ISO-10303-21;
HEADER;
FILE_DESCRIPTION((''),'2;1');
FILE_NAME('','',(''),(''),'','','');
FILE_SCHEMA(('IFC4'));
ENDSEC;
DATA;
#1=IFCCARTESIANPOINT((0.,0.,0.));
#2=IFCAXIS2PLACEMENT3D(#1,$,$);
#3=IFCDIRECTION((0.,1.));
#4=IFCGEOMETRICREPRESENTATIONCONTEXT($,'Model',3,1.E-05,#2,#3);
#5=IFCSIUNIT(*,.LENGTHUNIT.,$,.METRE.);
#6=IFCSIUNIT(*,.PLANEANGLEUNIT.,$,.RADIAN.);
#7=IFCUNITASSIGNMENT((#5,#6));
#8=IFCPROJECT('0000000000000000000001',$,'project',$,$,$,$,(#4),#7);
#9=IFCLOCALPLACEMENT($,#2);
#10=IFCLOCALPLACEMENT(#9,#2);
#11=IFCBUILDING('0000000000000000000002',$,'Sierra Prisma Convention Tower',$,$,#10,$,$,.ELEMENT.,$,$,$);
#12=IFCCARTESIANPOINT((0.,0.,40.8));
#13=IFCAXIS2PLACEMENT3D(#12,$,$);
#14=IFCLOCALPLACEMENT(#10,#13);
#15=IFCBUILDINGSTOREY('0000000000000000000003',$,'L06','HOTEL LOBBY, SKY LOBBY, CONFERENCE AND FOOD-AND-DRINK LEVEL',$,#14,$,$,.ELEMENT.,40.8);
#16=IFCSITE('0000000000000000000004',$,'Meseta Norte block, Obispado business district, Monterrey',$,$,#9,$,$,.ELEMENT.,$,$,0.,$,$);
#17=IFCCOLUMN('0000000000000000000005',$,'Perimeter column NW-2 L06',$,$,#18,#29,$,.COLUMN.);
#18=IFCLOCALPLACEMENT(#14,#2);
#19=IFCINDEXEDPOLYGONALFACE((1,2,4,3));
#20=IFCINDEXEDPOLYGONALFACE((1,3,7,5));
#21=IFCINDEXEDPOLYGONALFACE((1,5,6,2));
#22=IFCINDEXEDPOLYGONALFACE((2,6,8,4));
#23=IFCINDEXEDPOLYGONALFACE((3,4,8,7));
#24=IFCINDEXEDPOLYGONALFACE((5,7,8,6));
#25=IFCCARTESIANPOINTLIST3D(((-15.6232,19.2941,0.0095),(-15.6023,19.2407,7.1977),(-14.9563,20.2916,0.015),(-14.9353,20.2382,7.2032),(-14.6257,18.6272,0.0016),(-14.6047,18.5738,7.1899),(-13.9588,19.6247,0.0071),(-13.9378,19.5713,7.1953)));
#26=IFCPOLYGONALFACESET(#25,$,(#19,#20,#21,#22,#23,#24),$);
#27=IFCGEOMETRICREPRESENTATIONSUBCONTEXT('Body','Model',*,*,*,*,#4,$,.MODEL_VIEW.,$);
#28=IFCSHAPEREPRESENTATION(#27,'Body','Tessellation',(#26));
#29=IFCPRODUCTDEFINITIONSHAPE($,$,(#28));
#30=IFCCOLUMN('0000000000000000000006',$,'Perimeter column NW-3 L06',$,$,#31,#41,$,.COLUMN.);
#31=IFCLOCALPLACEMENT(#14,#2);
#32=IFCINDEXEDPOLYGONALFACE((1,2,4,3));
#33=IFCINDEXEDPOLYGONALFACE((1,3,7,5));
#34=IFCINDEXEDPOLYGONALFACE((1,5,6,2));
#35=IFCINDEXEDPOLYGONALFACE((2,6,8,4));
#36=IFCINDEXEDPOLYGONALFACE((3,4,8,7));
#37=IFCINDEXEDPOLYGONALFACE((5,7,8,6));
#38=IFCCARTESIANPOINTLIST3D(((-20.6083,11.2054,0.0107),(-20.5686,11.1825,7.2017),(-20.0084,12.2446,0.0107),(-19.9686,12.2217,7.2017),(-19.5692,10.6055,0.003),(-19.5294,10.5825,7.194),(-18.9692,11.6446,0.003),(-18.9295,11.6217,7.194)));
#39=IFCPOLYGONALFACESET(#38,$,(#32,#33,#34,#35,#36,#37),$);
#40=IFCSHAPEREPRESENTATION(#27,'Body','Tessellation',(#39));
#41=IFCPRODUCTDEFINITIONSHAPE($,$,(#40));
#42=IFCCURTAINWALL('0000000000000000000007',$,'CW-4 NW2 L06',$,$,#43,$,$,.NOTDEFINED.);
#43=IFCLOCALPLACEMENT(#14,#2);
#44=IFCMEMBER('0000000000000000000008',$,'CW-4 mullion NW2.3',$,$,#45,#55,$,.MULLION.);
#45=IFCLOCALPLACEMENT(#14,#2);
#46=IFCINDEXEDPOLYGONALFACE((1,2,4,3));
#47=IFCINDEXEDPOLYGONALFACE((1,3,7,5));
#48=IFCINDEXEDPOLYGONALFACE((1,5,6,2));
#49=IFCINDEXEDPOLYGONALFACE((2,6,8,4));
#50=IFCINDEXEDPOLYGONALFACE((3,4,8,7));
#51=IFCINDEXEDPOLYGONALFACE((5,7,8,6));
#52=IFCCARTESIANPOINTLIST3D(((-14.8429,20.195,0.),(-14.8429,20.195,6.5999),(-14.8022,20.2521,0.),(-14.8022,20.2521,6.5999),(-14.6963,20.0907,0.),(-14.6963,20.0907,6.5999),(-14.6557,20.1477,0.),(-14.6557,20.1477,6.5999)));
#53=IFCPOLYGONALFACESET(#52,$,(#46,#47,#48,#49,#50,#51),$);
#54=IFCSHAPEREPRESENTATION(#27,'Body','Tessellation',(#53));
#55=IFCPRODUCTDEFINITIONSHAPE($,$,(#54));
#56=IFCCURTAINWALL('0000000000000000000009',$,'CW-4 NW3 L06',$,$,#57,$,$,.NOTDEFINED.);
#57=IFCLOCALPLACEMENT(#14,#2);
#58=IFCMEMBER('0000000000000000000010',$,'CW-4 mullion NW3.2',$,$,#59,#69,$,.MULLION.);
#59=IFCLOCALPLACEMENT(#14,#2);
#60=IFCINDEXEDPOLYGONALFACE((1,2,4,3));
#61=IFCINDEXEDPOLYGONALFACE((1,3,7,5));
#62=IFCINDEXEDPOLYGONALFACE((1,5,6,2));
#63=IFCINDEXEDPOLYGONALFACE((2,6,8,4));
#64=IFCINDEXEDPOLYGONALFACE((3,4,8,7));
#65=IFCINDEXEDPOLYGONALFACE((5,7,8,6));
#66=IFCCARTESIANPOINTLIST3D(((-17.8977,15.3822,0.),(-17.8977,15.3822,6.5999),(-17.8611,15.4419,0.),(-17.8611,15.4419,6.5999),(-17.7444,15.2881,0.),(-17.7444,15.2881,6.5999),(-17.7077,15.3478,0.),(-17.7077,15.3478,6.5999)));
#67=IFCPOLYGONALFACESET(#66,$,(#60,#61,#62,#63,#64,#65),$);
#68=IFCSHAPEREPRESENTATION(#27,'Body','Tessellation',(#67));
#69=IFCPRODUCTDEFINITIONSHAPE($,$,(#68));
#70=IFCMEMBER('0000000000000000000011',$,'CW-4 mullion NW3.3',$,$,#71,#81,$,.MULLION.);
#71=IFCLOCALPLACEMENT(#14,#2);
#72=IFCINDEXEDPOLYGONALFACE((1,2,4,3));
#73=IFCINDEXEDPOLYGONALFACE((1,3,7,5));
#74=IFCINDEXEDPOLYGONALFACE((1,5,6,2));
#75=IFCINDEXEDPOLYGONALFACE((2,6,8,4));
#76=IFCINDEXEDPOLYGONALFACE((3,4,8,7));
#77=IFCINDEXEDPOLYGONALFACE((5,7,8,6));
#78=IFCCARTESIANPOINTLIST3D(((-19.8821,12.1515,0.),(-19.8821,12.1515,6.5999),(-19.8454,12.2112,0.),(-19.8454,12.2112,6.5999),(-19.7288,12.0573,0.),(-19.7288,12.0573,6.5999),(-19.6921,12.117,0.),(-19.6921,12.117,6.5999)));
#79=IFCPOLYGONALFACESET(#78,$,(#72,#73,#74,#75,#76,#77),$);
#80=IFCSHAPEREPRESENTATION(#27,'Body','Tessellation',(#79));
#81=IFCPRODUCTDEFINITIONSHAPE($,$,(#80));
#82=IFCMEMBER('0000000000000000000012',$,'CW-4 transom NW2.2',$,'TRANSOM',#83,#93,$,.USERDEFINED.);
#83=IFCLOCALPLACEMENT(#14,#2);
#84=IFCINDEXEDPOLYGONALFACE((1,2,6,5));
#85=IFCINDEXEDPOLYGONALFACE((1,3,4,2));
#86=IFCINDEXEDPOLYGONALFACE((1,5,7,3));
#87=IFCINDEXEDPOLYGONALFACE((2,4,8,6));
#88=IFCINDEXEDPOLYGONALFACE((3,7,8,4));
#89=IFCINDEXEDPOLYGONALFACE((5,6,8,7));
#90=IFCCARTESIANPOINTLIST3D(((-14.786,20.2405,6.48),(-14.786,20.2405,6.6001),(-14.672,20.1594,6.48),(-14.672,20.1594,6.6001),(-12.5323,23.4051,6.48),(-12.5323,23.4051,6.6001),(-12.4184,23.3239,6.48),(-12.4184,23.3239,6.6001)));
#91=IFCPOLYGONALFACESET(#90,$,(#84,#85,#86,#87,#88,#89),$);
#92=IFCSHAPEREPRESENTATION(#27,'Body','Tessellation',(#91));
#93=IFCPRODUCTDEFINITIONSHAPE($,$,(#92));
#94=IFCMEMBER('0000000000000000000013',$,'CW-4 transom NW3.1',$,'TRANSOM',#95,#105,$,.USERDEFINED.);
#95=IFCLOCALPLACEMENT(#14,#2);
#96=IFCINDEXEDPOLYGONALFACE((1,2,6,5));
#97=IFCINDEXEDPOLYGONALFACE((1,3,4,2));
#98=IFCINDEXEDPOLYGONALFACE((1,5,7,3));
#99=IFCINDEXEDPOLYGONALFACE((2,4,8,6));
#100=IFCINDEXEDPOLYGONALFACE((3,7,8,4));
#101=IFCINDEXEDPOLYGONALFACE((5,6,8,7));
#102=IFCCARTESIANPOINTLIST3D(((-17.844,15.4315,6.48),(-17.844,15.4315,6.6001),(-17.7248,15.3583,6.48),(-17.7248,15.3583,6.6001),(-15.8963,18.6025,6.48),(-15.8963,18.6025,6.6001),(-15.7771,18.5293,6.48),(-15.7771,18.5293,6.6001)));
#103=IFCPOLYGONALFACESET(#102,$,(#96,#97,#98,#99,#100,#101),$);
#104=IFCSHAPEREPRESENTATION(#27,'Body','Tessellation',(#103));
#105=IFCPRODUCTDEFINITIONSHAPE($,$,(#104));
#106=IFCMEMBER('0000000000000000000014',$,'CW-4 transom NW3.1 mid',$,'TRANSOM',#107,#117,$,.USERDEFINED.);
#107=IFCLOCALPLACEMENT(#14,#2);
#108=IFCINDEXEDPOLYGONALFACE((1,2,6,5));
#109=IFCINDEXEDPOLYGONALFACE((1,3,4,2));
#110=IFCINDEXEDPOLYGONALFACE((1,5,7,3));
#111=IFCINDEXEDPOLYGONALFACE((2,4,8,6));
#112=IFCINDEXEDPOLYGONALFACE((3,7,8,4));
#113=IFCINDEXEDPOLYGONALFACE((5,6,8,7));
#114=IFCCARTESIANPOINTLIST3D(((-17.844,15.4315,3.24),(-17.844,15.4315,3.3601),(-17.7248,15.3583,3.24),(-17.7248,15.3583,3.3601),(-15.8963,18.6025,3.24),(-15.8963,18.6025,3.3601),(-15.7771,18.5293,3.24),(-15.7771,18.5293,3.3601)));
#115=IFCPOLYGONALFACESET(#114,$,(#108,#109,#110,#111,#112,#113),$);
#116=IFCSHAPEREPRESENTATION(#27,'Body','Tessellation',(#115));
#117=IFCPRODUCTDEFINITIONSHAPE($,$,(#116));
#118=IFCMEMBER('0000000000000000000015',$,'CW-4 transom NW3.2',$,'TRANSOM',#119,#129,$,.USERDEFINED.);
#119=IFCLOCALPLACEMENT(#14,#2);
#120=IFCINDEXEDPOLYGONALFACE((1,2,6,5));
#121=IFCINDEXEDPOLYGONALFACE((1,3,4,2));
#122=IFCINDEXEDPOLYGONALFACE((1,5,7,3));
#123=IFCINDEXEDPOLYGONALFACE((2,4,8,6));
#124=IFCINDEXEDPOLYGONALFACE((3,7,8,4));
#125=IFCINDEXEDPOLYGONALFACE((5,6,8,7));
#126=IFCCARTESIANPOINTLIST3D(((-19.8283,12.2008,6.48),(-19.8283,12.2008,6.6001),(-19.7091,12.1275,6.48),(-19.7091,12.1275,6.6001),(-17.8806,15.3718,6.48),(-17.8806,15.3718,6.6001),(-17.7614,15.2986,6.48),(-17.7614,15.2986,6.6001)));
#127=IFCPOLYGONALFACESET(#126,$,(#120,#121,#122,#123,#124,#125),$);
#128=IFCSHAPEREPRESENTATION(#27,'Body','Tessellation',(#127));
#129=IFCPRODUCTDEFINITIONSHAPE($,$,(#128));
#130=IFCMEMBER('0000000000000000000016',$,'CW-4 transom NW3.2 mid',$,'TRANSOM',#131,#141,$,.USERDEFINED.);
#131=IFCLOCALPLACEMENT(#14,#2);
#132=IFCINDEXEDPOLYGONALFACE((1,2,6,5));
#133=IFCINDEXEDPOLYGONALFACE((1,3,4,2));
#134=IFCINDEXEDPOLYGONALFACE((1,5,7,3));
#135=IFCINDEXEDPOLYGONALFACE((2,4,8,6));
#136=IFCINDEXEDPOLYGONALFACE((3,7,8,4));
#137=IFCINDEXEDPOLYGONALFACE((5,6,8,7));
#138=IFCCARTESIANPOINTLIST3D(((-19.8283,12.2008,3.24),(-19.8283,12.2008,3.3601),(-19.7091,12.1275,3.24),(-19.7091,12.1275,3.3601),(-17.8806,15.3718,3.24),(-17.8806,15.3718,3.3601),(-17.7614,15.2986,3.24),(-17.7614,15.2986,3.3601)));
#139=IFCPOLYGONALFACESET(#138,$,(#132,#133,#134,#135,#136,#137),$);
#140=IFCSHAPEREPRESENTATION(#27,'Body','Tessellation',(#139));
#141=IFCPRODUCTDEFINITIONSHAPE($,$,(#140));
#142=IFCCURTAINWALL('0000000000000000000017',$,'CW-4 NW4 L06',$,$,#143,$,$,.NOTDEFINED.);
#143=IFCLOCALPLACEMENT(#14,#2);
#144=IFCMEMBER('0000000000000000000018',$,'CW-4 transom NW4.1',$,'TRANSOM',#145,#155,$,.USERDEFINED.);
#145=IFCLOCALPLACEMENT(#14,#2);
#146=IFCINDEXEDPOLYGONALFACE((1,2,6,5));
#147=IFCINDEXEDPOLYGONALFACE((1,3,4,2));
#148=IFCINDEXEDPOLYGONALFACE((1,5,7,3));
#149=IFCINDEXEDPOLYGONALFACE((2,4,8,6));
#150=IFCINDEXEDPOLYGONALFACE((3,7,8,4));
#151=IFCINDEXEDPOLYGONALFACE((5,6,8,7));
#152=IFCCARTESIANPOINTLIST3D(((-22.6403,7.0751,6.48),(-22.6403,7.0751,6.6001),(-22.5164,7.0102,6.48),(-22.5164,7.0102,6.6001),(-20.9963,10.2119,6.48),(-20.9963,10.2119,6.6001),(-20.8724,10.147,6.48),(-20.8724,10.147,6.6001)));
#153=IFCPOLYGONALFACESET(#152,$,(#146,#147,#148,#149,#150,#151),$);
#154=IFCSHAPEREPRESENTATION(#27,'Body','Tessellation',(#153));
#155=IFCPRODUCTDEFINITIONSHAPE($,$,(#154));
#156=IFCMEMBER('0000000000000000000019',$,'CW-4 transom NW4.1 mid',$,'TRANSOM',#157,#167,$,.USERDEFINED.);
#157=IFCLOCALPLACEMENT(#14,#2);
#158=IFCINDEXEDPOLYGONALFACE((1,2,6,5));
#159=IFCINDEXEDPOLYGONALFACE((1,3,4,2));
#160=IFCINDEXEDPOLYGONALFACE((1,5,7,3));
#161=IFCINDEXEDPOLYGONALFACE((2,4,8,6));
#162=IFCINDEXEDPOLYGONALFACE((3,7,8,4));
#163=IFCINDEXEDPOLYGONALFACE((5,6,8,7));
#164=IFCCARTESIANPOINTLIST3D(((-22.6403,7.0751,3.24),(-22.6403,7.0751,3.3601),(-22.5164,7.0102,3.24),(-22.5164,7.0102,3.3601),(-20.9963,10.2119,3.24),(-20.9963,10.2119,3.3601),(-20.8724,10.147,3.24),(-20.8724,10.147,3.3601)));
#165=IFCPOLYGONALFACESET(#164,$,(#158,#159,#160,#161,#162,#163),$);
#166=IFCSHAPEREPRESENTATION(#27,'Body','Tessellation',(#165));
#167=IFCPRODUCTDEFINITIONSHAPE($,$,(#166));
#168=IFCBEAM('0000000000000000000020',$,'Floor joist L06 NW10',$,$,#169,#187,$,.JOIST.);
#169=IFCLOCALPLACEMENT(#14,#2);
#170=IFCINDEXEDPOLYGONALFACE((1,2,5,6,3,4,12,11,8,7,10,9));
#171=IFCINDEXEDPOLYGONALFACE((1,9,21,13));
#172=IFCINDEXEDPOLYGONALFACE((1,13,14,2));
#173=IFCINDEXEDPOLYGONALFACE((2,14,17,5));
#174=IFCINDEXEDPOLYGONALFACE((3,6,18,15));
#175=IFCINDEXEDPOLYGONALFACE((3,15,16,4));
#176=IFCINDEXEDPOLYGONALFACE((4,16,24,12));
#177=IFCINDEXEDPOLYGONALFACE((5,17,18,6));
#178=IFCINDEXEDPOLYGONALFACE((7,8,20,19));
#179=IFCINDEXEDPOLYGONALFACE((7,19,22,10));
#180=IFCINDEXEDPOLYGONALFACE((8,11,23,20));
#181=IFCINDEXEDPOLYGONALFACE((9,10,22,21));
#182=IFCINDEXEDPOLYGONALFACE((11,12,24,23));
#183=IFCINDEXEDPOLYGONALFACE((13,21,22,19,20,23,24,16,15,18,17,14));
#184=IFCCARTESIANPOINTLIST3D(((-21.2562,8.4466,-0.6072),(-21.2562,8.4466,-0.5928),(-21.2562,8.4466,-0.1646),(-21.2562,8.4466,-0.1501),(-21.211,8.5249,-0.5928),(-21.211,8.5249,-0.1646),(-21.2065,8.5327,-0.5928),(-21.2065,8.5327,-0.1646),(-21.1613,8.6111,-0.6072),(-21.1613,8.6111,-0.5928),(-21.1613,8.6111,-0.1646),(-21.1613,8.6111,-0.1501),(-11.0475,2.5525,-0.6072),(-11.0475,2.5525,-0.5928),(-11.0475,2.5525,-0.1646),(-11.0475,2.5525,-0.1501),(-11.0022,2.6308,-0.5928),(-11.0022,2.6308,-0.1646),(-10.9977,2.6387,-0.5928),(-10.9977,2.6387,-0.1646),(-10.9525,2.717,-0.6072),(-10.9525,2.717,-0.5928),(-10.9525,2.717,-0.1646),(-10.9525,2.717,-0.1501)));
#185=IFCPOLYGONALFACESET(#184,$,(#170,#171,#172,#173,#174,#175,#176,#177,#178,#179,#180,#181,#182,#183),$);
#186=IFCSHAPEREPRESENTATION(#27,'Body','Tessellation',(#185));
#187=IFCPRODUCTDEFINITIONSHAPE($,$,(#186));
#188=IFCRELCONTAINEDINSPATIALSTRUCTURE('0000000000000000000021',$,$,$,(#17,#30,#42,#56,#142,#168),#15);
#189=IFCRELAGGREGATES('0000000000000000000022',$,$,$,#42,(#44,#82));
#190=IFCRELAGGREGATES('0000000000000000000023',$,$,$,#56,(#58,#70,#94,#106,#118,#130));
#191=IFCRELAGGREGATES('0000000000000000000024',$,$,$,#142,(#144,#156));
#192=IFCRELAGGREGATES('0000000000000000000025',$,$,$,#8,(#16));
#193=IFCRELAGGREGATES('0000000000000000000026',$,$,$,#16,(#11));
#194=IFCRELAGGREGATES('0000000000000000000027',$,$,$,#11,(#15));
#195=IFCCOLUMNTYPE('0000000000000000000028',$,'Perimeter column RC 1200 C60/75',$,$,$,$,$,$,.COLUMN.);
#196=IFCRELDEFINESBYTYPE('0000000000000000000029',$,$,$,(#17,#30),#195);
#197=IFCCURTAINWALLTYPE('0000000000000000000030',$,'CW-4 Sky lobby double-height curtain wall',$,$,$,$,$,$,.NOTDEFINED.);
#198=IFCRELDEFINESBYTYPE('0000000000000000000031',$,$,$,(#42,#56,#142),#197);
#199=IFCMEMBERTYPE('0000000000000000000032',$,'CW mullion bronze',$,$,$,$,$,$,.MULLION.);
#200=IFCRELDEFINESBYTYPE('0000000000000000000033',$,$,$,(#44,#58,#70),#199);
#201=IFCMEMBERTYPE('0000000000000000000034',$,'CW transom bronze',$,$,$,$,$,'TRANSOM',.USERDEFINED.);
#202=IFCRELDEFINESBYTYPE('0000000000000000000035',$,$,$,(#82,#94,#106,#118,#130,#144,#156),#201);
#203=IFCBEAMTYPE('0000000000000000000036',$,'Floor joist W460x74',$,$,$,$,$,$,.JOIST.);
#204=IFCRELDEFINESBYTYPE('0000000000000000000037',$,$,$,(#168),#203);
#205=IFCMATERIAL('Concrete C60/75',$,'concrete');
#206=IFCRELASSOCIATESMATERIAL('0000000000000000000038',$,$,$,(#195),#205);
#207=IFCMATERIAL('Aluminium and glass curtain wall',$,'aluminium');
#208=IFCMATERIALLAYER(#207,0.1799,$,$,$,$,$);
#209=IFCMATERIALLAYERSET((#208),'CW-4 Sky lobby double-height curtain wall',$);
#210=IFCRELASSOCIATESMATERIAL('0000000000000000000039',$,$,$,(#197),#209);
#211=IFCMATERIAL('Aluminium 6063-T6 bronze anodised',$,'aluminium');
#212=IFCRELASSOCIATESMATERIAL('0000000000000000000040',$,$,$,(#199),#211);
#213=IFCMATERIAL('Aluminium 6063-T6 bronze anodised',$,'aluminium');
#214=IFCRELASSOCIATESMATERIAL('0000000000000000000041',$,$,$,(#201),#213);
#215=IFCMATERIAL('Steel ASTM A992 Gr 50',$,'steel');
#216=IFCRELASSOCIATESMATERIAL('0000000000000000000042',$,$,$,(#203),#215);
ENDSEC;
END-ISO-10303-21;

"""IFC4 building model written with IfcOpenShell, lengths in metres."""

from ifc_helpers import new_model, si_unit, direction, frame, origin, origin_2d, place, context, subcontext, project, spatial, rectangle, i_section, extrude, clip, halfspace, material, layer, layer_set, material_profile, profile_set, type_object, element, aggregate, save


model = new_model("IFC4")

# Units and contexts
model_context = context("Model", 3, precision=1e-05, world=origin(), true_north=direction((0.0, 1.0)))
body_context = subcontext(model_context, "Body", "Model", "MODEL_VIEW")
ifc_project = project(units=[si_unit("LENGTHUNIT", "METRE"), si_unit("PLANEANGLEUNIT", "RADIAN")], contexts=[model_context])

# Site, building, storey
site_placement = place(None, origin())
site = spatial("IfcSite", under=ifc_project, at=site_placement, Name="Meseta Norte block, Obispado business district, Monterrey", CompositionType="ELEMENT", RefElevation=0.0)
building_placement = place(site_placement, origin())
building = spatial("IfcBuilding", under=site, at=building_placement, Name="Sierra Prisma Convention Tower", CompositionType="ELEMENT")
storey_placement = place(building_placement, frame((0.0, 0.0, 40.8)))
storey = spatial("IfcBuildingStorey", under=building, at=storey_placement, Name="L06", Description="HOTEL LOBBY, SKY LOBBY, CONFERENCE AND FOOD-AND-DRINK LEVEL", CompositionType="ELEMENT", Elevation=40.8)

# Columns
ifc_material_1 = material(Name="Concrete C60/75", Category="concrete")
ifc_material_profile_1 = material_profile(ifc_material_1, rectangle(XDim=1.2, YDim=1.2, at=origin_2d()), Name="Perimeter column RC 1200 C60/75")
ifc_profile_set_1 = profile_set([ifc_material_profile_1], Name="Concrete C60/75")
column_type = type_object("IfcColumnType", Name="Perimeter column RC 1200 C60/75", PredefinedType="COLUMN", material=ifc_profile_set_1)
column_1_placement = place(storey_placement, frame((-14.791, 19.4595, 0.0), z_axis=(0.002916, -0.007426, 0.999968), x_axis=(0.555815, 0.831294, 0.004552)))
element("IfcColumn", 1, at=column_1_placement, inside=storey, type_object=column_type, Name="Perimeter column NW-2 L06", PredefinedType="COLUMN", context=body_context, shape_type="SweptSolid", body=[
    clip(clip(extrude(rectangle(XDim=1.2, YDim=1.2, at=origin_2d()), origin(), (0.0, 0.0, 1.0), 7.2002), halfspace(frame((0.0, 0.0, 0.0083)), True)), halfspace(frame((0.0, 0.0, 7.1968)), False)),
])
column_2_placement = place(storey_placement, frame((-19.7888, 11.425, 0.0), z_axis=(0.005527, -0.003187, 0.99998), x_axis=(0.499992, 0.86603, -0.000003)))
element("IfcColumn", 2, at=column_2_placement, inside=storey, type_object=column_type, Name="Perimeter column NW-3 L06", PredefinedType="COLUMN", context=body_context, shape_type="SweptSolid", body=[
    clip(clip(extrude(rectangle(XDim=1.2, YDim=1.2, at=origin_2d()), origin(), (0.0, 0.0, 1.0), 7.2002), halfspace(frame((0.0, 0.0, 0.0068)), True)), halfspace(frame((0.0, 0.0, 7.198)), False)),
])

# Curtain wall, member
ifc_material_2 = material(Name="Aluminium and glass curtain wall", Category="aluminium")
ifc_layer_1 = layer(ifc_material_2, 0.1799)
ifc_layer_set_1 = layer_set([ifc_layer_1], Name="CW-4 Sky lobby double-height curtain wall")
curtain_wall_type = type_object("IfcCurtainWallType", Name="CW-4 Sky lobby double-height curtain wall", PredefinedType="NOTDEFINED", material=ifc_layer_set_1)
curtain_wall_1_placement = place(storey_placement, origin())
curtain_wall_1 = element("IfcCurtainWall", 3, at=curtain_wall_1_placement, inside=storey, type_object=curtain_wall_type, Name="CW-4 NW2 L06", PredefinedType="NOTDEFINED")
ifc_material_3 = material(Name="Aluminium 6063-T6 bronze anodised", Category="aluminium")
ifc_material_profile_2 = material_profile(ifc_material_3, rectangle(XDim=0.1799, YDim=0.0701, at=origin_2d()), Name="ALU MULLION 70x180")
ifc_profile_set_2 = profile_set([ifc_material_profile_2], Name="Aluminium 6063-T6 bronze anodised")
member_type_1 = type_object("IfcMemberType", Name="CW mullion bronze", PredefinedType="MULLION", material=ifc_profile_set_2)
member_1_placement = place(storey_placement, frame((-14.7493, 20.1714, 0.0), z_axis=(0.0, 0.0, 1.0), x_axis=(0.814566, -0.580072, 0.0)))
member_1 = element("IfcMember", 4, at=member_1_placement, type_object=member_type_1, Name="CW-4 mullion NW2.3", PredefinedType="MULLION", context=body_context, shape_type="SweptSolid", body=[
    extrude(rectangle(XDim=0.1799, YDim=0.0701, at=origin_2d()), origin(), (0.0, 0.0, 1.0), 6.5999),
])

# Curtain wall, members
curtain_wall_2_placement = place(storey_placement, origin())
curtain_wall_2 = element("IfcCurtainWall", 5, at=curtain_wall_2_placement, inside=storey, type_object=curtain_wall_type, Name="CW-4 NW3 L06", PredefinedType="NOTDEFINED")
member_2_placement = place(storey_placement, frame((-17.8027, 15.365, 0.0), z_axis=(0.0, 0.0, 1.0), x_axis=(0.852105, -0.523371, 0.0)))
member_2 = element("IfcMember", 6, at=member_2_placement, type_object=member_type_1, Name="CW-4 mullion NW3.2", PredefinedType="MULLION", context=body_context, shape_type="SweptSolid", body=[
    extrude(rectangle(XDim=0.1799, YDim=0.0701, at=origin_2d()), origin(), (0.0, 0.0, 1.0), 6.5999),
])
member_3_placement = place(storey_placement, frame((-19.7871, 12.1343, 0.0), z_axis=(0.0, 0.0, 1.0), x_axis=(0.852105, -0.523371, 0.0)))
member_3 = element("IfcMember", 7, at=member_3_placement, type_object=member_type_1, Name="CW-4 mullion NW3.3", PredefinedType="MULLION", context=body_context, shape_type="SweptSolid", body=[
    extrude(rectangle(XDim=0.1799, YDim=0.0701, at=origin_2d()), origin(), (0.0, 0.0, 1.0), 6.5999),
])

# Members
ifc_material_4 = material(Name="Aluminium 6063-T6 bronze anodised", Category="aluminium")
ifc_material_profile_3 = material_profile(ifc_material_4, rectangle(XDim=0.1399, YDim=0.1201, at=origin_2d()), Name="ALU TRANSOM 120x140")
ifc_profile_set_3 = profile_set([ifc_material_profile_3], Name="Aluminium 6063-T6 bronze anodised")
member_type_2 = type_object("IfcMemberType", Name="CW transom bronze", ElementType="TRANSOM", PredefinedType="USERDEFINED", material=ifc_profile_set_3)
member_4_placement = place(storey_placement, frame((-12.4753, 23.3645, 6.54), z_axis=(-0.58009, -0.814552, 0.0), x_axis=(0.814552, -0.58009, 0.0)))
member_4 = element("IfcMember", 8, at=member_4_placement, type_object=member_type_2, Name="CW-4 transom NW2.2", ObjectType="TRANSOM", PredefinedType="USERDEFINED", context=body_context, shape_type="SweptSolid", body=[
    extrude(rectangle(XDim=0.1399, YDim=0.1201, at=origin_2d()), origin(), (0.0, 0.0, 1.0), 3.885),
])
member_5_placement = place(storey_placement, frame((-15.8367, 18.5659, 6.54), z_axis=(-0.523373, -0.852104, 0.0), x_axis=(0.852104, -0.523373, 0.0)))
member_5 = element("IfcMember", 9, at=member_5_placement, type_object=member_type_2, Name="CW-4 transom NW3.1", ObjectType="TRANSOM", PredefinedType="USERDEFINED", context=body_context, shape_type="SweptSolid", body=[
    extrude(rectangle(XDim=0.1399, YDim=0.1201, at=origin_2d()), origin(), (0.0, 0.0, 1.0), 3.7214),
])
member_6_placement = place(storey_placement, frame((-15.8367, 18.5659, 3.3), z_axis=(-0.523373, -0.852104, 0.0), x_axis=(0.852104, -0.523373, 0.0)))
member_6 = element("IfcMember", 10, at=member_6_placement, type_object=member_type_2, Name="CW-4 transom NW3.1 mid", ObjectType="TRANSOM", PredefinedType="USERDEFINED", context=body_context, shape_type="SweptSolid", body=[
    extrude(rectangle(XDim=0.1399, YDim=0.1201, at=origin_2d()), origin(), (0.0, 0.0, 1.0), 3.7214),
])
member_7_placement = place(storey_placement, frame((-17.821, 15.3352, 6.54), z_axis=(-0.523373, -0.852104, 0.0), x_axis=(0.852104, -0.523373, 0.0)))
member_7 = element("IfcMember", 11, at=member_7_placement, type_object=member_type_2, Name="CW-4 transom NW3.2", ObjectType="TRANSOM", PredefinedType="USERDEFINED", context=body_context, shape_type="SweptSolid", body=[
    extrude(rectangle(XDim=0.1399, YDim=0.1201, at=origin_2d()), origin(), (0.0, 0.0, 1.0), 3.7214),
])
member_8_placement = place(storey_placement, frame((-17.821, 15.3352, 3.3), z_axis=(-0.523373, -0.852104, 0.0), x_axis=(0.852104, -0.523373, 0.0)))
member_8 = element("IfcMember", 12, at=member_8_placement, type_object=member_type_2, Name="CW-4 transom NW3.2 mid", ObjectType="TRANSOM", PredefinedType="USERDEFINED", context=body_context, shape_type="SweptSolid", body=[
    extrude(rectangle(XDim=0.1399, YDim=0.1201, at=origin_2d()), origin(), (0.0, 0.0, 1.0), 3.7214),
])

# Curtain wall, members
curtain_wall_3_placement = place(storey_placement, origin())
curtain_wall_3 = element("IfcCurtainWall", 13, at=curtain_wall_3_placement, inside=storey, type_object=curtain_wall_type, Name="CW-4 NW4 L06", PredefinedType="NOTDEFINED")
member_9_placement = place(storey_placement, frame((-20.9343, 10.1794, 6.54), z_axis=(-0.464229, -0.885715, 0.0), x_axis=(0.885715, -0.464229, 0.0)))
member_9 = element("IfcMember", 14, at=member_9_placement, type_object=member_type_2, Name="CW-4 transom NW4.1", ObjectType="TRANSOM", PredefinedType="USERDEFINED", context=body_context, shape_type="SweptSolid", body=[
    extrude(rectangle(XDim=0.1399, YDim=0.1201, at=origin_2d()), origin(), (0.0, 0.0, 1.0), 3.5415),
])
member_10_placement = place(storey_placement, frame((-20.9343, 10.1794, 3.3), z_axis=(-0.464229, -0.885715, 0.0), x_axis=(0.885715, -0.464229, 0.0)))
member_10 = element("IfcMember", 15, at=member_10_placement, type_object=member_type_2, Name="CW-4 transom NW4.1 mid", ObjectType="TRANSOM", PredefinedType="USERDEFINED", context=body_context, shape_type="SweptSolid", body=[
    extrude(rectangle(XDim=0.1399, YDim=0.1201, at=origin_2d()), origin(), (0.0, 0.0, 1.0), 3.5415),
])

# Beam
ifc_material_5 = material(Name="Steel ASTM A992 Gr 50", Category="steel")
ifc_material_profile_4 = material_profile(ifc_material_5, i_section(OverallWidth=0.1899, OverallDepth=0.457, WebThickness=0.009, FlangeThickness=0.0144, at=origin_2d()), Name="W460x74")
ifc_profile_set_4 = profile_set([ifc_material_profile_4], Name="Steel ASTM A992 Gr 50")
beam_type_1 = type_object("IfcBeamType", Name="Floor joist W460x74", PredefinedType="JOIST", material=ifc_profile_set_4)
beam_1_placement = place(storey_placement, frame((-21.2087, 8.5288, -0.3787), z_axis=(0.866025, -0.500002, 0.0), x_axis=(0.500002, 0.866025, 0.0)))
element("IfcBeam", 16, at=beam_1_placement, inside=storey, type_object=beam_type_1, Name="Floor joist L06 NW10", PredefinedType="JOIST", context=body_context, shape_type="SweptSolid", body=[
    extrude(i_section(OverallWidth=0.1899, OverallDepth=0.457, WebThickness=0.009, FlangeThickness=0.0144, at=origin_2d()), origin(), (0.0, 0.0, 1.0), 11.7881),
])

aggregate(curtain_wall_1, [member_1, member_4])
aggregate(curtain_wall_2, [member_2, member_3, member_5, member_6, member_7, member_8])
aggregate(curtain_wall_3, [member_9, member_10])

save(model, "model.ifc")
